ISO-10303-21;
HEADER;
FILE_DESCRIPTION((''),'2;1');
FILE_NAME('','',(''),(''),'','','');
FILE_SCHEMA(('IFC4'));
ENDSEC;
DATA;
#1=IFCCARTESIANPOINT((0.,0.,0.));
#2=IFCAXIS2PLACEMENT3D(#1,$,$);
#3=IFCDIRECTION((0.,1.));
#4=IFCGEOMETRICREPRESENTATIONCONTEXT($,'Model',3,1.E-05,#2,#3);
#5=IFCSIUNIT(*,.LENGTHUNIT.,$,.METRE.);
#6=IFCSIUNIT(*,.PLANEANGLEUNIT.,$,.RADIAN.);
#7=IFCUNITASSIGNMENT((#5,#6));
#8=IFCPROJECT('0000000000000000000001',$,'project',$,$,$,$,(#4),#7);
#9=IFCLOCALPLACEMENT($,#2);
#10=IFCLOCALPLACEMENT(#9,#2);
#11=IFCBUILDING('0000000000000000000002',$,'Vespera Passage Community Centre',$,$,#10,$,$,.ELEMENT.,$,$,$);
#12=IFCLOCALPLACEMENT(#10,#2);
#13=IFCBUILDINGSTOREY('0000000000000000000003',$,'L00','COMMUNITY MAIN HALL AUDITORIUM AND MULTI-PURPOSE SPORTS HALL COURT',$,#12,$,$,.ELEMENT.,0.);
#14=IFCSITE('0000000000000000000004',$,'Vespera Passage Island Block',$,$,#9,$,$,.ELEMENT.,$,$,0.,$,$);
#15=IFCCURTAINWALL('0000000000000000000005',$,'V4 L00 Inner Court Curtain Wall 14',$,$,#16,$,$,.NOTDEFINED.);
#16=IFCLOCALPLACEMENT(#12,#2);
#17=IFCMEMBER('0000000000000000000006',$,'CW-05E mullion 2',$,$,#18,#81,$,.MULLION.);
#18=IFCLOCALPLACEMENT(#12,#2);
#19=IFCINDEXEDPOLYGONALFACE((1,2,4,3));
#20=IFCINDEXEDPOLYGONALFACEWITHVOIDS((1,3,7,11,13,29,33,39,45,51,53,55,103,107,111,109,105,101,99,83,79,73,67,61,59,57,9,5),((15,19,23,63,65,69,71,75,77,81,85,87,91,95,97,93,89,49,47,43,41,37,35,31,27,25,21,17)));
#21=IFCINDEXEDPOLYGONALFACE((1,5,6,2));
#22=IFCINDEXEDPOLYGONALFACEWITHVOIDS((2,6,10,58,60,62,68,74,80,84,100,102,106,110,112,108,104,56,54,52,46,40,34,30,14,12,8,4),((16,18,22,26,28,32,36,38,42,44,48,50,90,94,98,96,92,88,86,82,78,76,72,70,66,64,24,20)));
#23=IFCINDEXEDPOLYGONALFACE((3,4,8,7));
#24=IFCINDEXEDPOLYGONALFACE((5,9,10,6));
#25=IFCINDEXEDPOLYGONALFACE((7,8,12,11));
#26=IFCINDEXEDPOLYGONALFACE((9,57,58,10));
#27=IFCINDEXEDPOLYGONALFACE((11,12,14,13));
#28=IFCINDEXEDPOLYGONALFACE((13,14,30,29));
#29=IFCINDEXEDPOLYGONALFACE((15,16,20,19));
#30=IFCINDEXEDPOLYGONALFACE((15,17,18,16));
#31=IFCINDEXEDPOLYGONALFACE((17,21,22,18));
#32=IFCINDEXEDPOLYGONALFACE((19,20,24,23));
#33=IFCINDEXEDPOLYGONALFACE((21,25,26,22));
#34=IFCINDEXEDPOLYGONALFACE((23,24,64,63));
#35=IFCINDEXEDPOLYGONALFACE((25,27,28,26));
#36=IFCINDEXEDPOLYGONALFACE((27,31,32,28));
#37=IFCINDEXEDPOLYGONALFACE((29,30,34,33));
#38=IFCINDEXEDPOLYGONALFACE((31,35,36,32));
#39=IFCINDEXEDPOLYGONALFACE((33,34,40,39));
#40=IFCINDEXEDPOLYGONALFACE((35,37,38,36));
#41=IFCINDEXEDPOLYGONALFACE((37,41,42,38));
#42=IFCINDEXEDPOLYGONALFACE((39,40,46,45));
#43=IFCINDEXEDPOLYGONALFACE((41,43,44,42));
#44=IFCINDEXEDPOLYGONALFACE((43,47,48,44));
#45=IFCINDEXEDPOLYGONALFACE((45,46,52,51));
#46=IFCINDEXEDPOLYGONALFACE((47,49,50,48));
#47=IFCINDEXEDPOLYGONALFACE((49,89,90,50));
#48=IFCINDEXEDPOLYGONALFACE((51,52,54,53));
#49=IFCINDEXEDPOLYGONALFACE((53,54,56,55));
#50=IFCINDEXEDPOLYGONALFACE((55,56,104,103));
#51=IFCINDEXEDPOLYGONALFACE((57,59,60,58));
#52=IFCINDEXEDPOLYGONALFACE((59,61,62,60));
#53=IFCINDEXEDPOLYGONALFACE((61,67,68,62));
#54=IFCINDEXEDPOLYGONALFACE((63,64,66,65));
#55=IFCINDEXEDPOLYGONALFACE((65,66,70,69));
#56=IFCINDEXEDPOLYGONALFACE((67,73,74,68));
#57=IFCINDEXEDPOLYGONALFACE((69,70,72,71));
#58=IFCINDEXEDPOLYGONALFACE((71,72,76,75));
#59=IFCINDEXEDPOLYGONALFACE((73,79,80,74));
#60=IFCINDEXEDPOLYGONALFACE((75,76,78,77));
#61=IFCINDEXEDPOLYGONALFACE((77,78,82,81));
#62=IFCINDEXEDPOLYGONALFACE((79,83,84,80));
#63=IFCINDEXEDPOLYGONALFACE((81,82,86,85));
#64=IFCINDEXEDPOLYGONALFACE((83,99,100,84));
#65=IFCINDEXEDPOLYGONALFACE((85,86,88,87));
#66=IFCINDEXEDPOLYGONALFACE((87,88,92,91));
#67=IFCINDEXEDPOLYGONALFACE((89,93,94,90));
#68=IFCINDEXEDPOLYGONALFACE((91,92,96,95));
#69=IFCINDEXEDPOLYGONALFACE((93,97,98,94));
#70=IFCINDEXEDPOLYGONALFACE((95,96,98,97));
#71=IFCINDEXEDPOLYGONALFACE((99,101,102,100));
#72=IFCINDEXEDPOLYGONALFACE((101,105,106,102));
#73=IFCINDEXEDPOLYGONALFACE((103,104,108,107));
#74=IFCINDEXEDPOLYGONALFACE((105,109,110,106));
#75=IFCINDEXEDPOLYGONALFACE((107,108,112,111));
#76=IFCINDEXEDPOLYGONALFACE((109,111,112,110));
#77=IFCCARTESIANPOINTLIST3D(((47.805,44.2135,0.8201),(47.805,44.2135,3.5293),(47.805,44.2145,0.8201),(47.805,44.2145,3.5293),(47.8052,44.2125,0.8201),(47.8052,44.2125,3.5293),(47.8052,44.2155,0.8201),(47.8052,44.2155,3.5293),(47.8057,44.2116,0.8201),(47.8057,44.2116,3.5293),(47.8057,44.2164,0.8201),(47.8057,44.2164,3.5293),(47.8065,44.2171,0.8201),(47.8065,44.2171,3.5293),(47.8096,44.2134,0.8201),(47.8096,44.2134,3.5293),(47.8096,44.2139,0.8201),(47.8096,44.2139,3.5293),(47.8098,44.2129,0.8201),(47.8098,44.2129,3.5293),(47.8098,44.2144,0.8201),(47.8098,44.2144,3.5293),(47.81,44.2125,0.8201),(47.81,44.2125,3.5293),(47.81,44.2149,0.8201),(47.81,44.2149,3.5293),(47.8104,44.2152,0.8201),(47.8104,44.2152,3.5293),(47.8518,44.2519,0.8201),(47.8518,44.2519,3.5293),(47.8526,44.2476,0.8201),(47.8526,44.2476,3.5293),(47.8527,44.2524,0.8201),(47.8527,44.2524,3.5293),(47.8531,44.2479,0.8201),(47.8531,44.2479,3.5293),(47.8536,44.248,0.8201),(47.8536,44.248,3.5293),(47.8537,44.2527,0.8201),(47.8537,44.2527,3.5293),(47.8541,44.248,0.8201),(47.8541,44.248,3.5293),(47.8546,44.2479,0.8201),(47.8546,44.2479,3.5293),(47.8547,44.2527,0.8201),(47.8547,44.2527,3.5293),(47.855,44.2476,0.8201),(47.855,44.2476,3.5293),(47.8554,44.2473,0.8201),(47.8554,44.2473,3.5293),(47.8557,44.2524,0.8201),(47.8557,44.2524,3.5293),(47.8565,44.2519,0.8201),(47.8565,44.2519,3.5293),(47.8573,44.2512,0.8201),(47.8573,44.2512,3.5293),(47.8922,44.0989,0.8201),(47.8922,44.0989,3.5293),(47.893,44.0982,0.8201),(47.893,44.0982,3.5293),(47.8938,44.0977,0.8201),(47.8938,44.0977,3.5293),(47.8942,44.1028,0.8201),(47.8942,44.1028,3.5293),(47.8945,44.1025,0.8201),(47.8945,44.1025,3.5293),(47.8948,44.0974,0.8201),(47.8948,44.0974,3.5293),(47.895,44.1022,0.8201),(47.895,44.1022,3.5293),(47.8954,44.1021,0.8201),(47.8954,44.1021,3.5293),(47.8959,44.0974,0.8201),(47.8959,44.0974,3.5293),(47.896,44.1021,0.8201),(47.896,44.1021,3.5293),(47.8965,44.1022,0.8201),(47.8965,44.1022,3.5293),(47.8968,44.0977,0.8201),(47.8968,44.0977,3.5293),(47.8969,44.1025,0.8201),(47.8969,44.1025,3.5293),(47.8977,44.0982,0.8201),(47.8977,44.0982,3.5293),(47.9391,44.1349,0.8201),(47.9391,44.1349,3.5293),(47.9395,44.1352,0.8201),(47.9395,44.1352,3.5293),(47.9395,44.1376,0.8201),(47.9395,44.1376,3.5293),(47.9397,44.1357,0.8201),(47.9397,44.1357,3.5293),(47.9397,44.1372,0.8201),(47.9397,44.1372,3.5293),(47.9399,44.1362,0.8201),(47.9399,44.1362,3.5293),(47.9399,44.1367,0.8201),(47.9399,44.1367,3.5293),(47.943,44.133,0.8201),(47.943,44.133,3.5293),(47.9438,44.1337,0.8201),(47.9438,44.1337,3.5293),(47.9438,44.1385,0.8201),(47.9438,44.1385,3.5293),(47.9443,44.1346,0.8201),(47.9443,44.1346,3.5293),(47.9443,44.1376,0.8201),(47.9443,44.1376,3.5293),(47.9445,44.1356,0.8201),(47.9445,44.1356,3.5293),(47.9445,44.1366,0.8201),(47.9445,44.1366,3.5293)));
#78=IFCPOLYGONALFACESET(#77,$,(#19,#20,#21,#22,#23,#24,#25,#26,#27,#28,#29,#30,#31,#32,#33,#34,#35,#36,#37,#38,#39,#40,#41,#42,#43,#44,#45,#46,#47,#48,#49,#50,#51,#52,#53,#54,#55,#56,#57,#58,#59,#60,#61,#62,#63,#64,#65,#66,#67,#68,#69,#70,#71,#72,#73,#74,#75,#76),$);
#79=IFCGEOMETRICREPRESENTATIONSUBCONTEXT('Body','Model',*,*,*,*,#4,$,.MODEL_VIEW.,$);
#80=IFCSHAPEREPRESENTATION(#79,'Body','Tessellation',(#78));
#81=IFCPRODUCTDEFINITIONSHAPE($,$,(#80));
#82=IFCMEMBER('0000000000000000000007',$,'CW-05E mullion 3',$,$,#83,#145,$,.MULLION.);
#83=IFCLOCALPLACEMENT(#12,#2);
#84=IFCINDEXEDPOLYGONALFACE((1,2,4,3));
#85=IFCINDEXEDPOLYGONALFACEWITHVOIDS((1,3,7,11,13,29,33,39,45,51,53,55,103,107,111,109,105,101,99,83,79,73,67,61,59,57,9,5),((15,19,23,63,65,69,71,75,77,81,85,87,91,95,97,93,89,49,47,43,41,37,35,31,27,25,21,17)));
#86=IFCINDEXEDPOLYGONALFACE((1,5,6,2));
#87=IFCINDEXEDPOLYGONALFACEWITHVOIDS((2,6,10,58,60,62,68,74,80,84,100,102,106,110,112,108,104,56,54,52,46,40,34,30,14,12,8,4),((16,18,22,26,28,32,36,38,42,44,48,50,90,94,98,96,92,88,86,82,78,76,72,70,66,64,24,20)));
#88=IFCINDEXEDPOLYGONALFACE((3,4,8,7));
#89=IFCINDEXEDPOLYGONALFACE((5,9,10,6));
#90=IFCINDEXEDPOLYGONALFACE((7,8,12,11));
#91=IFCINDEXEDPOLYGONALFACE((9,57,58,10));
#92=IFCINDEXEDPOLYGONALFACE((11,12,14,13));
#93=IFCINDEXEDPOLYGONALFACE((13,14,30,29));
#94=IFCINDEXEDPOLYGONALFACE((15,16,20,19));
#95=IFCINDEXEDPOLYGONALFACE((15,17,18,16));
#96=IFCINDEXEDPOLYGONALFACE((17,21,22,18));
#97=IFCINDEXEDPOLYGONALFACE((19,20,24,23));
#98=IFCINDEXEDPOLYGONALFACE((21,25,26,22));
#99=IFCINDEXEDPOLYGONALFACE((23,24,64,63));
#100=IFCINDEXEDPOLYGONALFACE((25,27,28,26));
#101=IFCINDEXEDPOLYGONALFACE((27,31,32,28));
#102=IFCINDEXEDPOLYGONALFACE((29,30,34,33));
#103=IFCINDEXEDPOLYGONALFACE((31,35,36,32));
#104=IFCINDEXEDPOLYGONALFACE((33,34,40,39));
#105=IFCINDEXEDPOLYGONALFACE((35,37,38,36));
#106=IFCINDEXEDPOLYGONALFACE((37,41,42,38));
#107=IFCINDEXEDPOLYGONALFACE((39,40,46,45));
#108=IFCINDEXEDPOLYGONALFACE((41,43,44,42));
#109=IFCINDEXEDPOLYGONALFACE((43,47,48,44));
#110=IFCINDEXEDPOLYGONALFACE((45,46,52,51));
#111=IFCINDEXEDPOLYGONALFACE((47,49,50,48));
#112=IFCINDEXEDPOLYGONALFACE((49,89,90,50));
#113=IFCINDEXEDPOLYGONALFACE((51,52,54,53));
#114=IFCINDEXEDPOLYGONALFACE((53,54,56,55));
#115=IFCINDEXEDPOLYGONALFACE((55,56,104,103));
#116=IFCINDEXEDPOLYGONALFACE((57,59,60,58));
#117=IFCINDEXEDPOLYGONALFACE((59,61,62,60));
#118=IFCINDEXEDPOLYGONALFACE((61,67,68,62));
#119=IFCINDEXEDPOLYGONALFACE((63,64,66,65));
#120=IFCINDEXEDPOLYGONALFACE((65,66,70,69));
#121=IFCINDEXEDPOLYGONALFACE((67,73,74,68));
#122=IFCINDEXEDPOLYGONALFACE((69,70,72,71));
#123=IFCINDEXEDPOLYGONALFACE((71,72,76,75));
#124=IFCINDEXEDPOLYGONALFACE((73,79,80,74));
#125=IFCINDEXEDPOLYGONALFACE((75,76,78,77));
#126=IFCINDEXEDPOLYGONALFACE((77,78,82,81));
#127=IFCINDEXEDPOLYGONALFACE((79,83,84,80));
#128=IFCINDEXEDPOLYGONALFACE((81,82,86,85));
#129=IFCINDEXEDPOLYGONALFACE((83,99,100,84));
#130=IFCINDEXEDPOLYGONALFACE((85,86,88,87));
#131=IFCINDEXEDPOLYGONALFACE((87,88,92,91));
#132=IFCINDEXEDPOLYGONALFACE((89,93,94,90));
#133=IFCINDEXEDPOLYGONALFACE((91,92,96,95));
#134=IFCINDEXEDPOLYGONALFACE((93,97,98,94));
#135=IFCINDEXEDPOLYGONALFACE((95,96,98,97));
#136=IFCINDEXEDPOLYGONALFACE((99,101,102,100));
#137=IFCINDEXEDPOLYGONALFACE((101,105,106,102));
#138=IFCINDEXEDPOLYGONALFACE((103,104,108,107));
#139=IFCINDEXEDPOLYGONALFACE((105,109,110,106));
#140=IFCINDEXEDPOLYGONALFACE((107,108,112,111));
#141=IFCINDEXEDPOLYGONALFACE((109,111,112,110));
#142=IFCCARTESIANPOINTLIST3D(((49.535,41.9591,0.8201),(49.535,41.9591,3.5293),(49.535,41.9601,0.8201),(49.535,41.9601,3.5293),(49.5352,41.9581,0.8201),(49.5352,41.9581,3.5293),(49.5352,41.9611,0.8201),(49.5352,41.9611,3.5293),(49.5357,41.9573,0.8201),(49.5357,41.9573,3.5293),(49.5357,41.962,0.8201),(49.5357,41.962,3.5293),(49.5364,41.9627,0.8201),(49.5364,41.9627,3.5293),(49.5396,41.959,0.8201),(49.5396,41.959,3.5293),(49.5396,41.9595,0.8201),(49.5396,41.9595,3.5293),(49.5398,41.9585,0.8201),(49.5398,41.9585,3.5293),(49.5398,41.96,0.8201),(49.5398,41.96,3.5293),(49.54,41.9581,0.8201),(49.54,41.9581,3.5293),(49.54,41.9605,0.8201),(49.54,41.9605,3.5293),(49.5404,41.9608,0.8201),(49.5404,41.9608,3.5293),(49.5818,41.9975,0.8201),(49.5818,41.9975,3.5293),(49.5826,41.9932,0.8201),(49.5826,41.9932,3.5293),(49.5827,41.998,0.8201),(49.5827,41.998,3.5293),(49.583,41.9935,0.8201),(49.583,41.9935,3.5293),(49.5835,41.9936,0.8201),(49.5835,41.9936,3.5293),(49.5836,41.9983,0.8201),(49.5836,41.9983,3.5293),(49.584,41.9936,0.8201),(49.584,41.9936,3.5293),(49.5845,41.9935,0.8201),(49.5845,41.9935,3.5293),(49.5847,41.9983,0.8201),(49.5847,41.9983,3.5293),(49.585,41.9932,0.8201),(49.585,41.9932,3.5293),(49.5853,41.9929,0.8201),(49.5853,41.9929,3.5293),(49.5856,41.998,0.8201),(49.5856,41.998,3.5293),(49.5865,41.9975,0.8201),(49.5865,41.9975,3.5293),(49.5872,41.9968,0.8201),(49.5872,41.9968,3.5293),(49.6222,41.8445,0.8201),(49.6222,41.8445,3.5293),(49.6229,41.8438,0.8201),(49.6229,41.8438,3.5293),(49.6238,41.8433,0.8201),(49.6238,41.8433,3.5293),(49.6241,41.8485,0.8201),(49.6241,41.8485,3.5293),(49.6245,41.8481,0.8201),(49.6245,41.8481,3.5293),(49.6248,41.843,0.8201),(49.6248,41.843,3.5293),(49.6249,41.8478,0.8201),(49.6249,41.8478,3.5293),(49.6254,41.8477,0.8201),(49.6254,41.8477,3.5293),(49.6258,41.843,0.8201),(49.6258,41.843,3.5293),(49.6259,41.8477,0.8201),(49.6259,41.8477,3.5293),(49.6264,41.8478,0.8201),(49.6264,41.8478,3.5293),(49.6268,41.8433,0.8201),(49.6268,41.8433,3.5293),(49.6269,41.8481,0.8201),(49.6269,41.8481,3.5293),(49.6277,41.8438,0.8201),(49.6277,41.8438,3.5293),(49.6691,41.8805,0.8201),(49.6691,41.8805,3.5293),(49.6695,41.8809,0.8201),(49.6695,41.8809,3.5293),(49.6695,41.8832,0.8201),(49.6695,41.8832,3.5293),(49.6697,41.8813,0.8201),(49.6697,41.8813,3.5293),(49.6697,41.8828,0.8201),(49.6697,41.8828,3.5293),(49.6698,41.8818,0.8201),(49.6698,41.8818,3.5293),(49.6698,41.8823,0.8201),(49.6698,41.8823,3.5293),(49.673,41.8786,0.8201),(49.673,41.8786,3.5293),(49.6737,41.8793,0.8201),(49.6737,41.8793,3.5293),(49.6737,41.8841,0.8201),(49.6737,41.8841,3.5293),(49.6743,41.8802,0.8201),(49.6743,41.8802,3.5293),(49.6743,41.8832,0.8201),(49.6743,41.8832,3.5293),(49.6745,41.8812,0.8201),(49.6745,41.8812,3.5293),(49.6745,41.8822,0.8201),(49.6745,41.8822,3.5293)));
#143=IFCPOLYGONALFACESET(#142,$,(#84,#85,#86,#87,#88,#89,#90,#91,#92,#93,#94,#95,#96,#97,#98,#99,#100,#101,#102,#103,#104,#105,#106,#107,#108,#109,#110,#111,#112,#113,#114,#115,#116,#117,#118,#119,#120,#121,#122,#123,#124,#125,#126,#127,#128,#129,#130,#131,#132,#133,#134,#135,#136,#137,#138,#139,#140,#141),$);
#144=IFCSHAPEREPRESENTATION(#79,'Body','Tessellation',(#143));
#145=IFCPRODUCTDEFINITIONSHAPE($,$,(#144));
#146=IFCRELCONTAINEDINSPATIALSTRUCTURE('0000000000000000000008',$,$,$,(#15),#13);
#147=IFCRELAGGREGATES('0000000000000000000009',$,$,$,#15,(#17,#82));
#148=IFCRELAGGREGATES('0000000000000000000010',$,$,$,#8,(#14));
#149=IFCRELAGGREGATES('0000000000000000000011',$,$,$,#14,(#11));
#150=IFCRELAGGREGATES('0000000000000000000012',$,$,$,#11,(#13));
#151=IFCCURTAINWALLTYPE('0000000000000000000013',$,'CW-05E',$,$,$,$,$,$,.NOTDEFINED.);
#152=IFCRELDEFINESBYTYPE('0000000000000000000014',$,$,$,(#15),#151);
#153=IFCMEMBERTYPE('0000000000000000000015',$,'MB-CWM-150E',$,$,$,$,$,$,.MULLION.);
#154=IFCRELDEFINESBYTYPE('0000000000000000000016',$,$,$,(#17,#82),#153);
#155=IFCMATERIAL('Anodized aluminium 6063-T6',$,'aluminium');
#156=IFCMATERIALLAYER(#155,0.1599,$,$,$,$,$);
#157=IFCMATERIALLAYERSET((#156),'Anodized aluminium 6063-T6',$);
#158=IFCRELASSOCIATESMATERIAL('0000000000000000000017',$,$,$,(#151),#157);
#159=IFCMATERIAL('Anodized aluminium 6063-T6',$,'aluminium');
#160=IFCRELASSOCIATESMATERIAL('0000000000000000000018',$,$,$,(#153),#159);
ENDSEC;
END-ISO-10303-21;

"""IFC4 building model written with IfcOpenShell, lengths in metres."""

from ifc_helpers import new_model, si_unit, direction, frame, origin, origin_2d, place, context, subcontext, project, spatial, hollow_rectangle, extrude, material, layer, layer_set, material_profile, profile_set, type_object, element, aggregate, save


model = new_model("IFC4")

# Units and contexts
model_context = context("Model", 3, precision=1e-05, world=origin(), true_north=direction((0.0, 1.0)))
body_context = subcontext(model_context, "Body", "Model", "MODEL_VIEW")
ifc_project = project(units=[si_unit("LENGTHUNIT", "METRE"), si_unit("PLANEANGLEUNIT", "RADIAN")], contexts=[model_context])

# Site, building, storey
site_placement = place(None, origin())
site = spatial("IfcSite", under=ifc_project, at=site_placement, Name="Vespera Passage Island Block", CompositionType="ELEMENT", RefElevation=0.0)
building_placement = place(site_placement, origin())
building = spatial("IfcBuilding", under=site, at=building_placement, Name="Vespera Passage Community Centre", CompositionType="ELEMENT")
storey_placement = place(building_placement, origin())
storey = spatial("IfcBuildingStorey", under=building, at=storey_placement, Name="L00", Description="COMMUNITY MAIN HALL AUDITORIUM AND MULTI-PURPOSE SPORTS HALL COURT", CompositionType="ELEMENT", Elevation=0.0)

# Curtain wall, members
ifc_material_1 = material(Name="Anodized aluminium 6063-T6", Category="aluminium")
ifc_layer_1 = layer(ifc_material_1, 0.1599)
ifc_layer_set_1 = layer_set([ifc_layer_1], Name="Anodized aluminium 6063-T6")
curtain_wall_type = type_object("IfcCurtainWallType", Name="CW-05E", PredefinedType="NOTDEFINED", material=ifc_layer_set_1)
curtain_wall_placement = place(storey_placement, origin())
curtain_wall = element("IfcCurtainWall", 1, at=curtain_wall_placement, inside=storey, type_object=curtain_wall_type, Name="V4 L00 Inner Court Curtain Wall 14", PredefinedType="NOTDEFINED")
ifc_material_2 = material(Name="Anodized aluminium 6063-T6", Category="aluminium")
ifc_material_profile_1 = material_profile(ifc_material_2, hollow_rectangle(XDim=0.0649, YDim=0.1499, WallThickness=0.0039, InnerFilletRadius=0.002, OuterFilletRadius=0.0039, at=origin_2d()), Name="ALU150X65X4")
ifc_profile_set_1 = profile_set([ifc_material_profile_1], Name="Anodized aluminium 6063-T6")
member_type_1 = type_object("IfcMemberType", Name="MB-CWM-150E", PredefinedType="MULLION", material=ifc_profile_set_1)
member_1_placement = place(storey_placement, frame((47.8748, 44.175, 0.8201), z_axis=(0.0, 0.0, 1.0), x_axis=(0.793358, 0.608755, 0.0)))
member_1 = element("IfcMember", 2, at=member_1_placement, type_object=member_type_1, Name="CW-05E mullion 2", PredefinedType="MULLION", context=body_context, shape_type="SweptSolid", body=[
    extrude(hollow_rectangle(XDim=0.0649, YDim=0.1499, WallThickness=0.0039, InnerFilletRadius=0.002, OuterFilletRadius=0.0039, at=origin_2d()), origin(), (0.0, 0.0, 1.0), 2.7092),
])
member_2_placement = place(storey_placement, frame((49.6047, 41.9207, 0.8201), z_axis=(0.0, 0.0, 1.0), x_axis=(0.793358, 0.608755, 0.0)))
member_2 = element("IfcMember", 3, at=member_2_placement, type_object=member_type_1, Name="CW-05E mullion 3", PredefinedType="MULLION", context=body_context, shape_type="SweptSolid", body=[
    extrude(hollow_rectangle(XDim=0.0649, YDim=0.1499, WallThickness=0.0039, InnerFilletRadius=0.002, OuterFilletRadius=0.0039, at=origin_2d()), origin(), (0.0, 0.0, 1.0), 2.7092),
])
aggregate(curtain_wall, [member_1, member_2])

save(model, "model.ifc")
